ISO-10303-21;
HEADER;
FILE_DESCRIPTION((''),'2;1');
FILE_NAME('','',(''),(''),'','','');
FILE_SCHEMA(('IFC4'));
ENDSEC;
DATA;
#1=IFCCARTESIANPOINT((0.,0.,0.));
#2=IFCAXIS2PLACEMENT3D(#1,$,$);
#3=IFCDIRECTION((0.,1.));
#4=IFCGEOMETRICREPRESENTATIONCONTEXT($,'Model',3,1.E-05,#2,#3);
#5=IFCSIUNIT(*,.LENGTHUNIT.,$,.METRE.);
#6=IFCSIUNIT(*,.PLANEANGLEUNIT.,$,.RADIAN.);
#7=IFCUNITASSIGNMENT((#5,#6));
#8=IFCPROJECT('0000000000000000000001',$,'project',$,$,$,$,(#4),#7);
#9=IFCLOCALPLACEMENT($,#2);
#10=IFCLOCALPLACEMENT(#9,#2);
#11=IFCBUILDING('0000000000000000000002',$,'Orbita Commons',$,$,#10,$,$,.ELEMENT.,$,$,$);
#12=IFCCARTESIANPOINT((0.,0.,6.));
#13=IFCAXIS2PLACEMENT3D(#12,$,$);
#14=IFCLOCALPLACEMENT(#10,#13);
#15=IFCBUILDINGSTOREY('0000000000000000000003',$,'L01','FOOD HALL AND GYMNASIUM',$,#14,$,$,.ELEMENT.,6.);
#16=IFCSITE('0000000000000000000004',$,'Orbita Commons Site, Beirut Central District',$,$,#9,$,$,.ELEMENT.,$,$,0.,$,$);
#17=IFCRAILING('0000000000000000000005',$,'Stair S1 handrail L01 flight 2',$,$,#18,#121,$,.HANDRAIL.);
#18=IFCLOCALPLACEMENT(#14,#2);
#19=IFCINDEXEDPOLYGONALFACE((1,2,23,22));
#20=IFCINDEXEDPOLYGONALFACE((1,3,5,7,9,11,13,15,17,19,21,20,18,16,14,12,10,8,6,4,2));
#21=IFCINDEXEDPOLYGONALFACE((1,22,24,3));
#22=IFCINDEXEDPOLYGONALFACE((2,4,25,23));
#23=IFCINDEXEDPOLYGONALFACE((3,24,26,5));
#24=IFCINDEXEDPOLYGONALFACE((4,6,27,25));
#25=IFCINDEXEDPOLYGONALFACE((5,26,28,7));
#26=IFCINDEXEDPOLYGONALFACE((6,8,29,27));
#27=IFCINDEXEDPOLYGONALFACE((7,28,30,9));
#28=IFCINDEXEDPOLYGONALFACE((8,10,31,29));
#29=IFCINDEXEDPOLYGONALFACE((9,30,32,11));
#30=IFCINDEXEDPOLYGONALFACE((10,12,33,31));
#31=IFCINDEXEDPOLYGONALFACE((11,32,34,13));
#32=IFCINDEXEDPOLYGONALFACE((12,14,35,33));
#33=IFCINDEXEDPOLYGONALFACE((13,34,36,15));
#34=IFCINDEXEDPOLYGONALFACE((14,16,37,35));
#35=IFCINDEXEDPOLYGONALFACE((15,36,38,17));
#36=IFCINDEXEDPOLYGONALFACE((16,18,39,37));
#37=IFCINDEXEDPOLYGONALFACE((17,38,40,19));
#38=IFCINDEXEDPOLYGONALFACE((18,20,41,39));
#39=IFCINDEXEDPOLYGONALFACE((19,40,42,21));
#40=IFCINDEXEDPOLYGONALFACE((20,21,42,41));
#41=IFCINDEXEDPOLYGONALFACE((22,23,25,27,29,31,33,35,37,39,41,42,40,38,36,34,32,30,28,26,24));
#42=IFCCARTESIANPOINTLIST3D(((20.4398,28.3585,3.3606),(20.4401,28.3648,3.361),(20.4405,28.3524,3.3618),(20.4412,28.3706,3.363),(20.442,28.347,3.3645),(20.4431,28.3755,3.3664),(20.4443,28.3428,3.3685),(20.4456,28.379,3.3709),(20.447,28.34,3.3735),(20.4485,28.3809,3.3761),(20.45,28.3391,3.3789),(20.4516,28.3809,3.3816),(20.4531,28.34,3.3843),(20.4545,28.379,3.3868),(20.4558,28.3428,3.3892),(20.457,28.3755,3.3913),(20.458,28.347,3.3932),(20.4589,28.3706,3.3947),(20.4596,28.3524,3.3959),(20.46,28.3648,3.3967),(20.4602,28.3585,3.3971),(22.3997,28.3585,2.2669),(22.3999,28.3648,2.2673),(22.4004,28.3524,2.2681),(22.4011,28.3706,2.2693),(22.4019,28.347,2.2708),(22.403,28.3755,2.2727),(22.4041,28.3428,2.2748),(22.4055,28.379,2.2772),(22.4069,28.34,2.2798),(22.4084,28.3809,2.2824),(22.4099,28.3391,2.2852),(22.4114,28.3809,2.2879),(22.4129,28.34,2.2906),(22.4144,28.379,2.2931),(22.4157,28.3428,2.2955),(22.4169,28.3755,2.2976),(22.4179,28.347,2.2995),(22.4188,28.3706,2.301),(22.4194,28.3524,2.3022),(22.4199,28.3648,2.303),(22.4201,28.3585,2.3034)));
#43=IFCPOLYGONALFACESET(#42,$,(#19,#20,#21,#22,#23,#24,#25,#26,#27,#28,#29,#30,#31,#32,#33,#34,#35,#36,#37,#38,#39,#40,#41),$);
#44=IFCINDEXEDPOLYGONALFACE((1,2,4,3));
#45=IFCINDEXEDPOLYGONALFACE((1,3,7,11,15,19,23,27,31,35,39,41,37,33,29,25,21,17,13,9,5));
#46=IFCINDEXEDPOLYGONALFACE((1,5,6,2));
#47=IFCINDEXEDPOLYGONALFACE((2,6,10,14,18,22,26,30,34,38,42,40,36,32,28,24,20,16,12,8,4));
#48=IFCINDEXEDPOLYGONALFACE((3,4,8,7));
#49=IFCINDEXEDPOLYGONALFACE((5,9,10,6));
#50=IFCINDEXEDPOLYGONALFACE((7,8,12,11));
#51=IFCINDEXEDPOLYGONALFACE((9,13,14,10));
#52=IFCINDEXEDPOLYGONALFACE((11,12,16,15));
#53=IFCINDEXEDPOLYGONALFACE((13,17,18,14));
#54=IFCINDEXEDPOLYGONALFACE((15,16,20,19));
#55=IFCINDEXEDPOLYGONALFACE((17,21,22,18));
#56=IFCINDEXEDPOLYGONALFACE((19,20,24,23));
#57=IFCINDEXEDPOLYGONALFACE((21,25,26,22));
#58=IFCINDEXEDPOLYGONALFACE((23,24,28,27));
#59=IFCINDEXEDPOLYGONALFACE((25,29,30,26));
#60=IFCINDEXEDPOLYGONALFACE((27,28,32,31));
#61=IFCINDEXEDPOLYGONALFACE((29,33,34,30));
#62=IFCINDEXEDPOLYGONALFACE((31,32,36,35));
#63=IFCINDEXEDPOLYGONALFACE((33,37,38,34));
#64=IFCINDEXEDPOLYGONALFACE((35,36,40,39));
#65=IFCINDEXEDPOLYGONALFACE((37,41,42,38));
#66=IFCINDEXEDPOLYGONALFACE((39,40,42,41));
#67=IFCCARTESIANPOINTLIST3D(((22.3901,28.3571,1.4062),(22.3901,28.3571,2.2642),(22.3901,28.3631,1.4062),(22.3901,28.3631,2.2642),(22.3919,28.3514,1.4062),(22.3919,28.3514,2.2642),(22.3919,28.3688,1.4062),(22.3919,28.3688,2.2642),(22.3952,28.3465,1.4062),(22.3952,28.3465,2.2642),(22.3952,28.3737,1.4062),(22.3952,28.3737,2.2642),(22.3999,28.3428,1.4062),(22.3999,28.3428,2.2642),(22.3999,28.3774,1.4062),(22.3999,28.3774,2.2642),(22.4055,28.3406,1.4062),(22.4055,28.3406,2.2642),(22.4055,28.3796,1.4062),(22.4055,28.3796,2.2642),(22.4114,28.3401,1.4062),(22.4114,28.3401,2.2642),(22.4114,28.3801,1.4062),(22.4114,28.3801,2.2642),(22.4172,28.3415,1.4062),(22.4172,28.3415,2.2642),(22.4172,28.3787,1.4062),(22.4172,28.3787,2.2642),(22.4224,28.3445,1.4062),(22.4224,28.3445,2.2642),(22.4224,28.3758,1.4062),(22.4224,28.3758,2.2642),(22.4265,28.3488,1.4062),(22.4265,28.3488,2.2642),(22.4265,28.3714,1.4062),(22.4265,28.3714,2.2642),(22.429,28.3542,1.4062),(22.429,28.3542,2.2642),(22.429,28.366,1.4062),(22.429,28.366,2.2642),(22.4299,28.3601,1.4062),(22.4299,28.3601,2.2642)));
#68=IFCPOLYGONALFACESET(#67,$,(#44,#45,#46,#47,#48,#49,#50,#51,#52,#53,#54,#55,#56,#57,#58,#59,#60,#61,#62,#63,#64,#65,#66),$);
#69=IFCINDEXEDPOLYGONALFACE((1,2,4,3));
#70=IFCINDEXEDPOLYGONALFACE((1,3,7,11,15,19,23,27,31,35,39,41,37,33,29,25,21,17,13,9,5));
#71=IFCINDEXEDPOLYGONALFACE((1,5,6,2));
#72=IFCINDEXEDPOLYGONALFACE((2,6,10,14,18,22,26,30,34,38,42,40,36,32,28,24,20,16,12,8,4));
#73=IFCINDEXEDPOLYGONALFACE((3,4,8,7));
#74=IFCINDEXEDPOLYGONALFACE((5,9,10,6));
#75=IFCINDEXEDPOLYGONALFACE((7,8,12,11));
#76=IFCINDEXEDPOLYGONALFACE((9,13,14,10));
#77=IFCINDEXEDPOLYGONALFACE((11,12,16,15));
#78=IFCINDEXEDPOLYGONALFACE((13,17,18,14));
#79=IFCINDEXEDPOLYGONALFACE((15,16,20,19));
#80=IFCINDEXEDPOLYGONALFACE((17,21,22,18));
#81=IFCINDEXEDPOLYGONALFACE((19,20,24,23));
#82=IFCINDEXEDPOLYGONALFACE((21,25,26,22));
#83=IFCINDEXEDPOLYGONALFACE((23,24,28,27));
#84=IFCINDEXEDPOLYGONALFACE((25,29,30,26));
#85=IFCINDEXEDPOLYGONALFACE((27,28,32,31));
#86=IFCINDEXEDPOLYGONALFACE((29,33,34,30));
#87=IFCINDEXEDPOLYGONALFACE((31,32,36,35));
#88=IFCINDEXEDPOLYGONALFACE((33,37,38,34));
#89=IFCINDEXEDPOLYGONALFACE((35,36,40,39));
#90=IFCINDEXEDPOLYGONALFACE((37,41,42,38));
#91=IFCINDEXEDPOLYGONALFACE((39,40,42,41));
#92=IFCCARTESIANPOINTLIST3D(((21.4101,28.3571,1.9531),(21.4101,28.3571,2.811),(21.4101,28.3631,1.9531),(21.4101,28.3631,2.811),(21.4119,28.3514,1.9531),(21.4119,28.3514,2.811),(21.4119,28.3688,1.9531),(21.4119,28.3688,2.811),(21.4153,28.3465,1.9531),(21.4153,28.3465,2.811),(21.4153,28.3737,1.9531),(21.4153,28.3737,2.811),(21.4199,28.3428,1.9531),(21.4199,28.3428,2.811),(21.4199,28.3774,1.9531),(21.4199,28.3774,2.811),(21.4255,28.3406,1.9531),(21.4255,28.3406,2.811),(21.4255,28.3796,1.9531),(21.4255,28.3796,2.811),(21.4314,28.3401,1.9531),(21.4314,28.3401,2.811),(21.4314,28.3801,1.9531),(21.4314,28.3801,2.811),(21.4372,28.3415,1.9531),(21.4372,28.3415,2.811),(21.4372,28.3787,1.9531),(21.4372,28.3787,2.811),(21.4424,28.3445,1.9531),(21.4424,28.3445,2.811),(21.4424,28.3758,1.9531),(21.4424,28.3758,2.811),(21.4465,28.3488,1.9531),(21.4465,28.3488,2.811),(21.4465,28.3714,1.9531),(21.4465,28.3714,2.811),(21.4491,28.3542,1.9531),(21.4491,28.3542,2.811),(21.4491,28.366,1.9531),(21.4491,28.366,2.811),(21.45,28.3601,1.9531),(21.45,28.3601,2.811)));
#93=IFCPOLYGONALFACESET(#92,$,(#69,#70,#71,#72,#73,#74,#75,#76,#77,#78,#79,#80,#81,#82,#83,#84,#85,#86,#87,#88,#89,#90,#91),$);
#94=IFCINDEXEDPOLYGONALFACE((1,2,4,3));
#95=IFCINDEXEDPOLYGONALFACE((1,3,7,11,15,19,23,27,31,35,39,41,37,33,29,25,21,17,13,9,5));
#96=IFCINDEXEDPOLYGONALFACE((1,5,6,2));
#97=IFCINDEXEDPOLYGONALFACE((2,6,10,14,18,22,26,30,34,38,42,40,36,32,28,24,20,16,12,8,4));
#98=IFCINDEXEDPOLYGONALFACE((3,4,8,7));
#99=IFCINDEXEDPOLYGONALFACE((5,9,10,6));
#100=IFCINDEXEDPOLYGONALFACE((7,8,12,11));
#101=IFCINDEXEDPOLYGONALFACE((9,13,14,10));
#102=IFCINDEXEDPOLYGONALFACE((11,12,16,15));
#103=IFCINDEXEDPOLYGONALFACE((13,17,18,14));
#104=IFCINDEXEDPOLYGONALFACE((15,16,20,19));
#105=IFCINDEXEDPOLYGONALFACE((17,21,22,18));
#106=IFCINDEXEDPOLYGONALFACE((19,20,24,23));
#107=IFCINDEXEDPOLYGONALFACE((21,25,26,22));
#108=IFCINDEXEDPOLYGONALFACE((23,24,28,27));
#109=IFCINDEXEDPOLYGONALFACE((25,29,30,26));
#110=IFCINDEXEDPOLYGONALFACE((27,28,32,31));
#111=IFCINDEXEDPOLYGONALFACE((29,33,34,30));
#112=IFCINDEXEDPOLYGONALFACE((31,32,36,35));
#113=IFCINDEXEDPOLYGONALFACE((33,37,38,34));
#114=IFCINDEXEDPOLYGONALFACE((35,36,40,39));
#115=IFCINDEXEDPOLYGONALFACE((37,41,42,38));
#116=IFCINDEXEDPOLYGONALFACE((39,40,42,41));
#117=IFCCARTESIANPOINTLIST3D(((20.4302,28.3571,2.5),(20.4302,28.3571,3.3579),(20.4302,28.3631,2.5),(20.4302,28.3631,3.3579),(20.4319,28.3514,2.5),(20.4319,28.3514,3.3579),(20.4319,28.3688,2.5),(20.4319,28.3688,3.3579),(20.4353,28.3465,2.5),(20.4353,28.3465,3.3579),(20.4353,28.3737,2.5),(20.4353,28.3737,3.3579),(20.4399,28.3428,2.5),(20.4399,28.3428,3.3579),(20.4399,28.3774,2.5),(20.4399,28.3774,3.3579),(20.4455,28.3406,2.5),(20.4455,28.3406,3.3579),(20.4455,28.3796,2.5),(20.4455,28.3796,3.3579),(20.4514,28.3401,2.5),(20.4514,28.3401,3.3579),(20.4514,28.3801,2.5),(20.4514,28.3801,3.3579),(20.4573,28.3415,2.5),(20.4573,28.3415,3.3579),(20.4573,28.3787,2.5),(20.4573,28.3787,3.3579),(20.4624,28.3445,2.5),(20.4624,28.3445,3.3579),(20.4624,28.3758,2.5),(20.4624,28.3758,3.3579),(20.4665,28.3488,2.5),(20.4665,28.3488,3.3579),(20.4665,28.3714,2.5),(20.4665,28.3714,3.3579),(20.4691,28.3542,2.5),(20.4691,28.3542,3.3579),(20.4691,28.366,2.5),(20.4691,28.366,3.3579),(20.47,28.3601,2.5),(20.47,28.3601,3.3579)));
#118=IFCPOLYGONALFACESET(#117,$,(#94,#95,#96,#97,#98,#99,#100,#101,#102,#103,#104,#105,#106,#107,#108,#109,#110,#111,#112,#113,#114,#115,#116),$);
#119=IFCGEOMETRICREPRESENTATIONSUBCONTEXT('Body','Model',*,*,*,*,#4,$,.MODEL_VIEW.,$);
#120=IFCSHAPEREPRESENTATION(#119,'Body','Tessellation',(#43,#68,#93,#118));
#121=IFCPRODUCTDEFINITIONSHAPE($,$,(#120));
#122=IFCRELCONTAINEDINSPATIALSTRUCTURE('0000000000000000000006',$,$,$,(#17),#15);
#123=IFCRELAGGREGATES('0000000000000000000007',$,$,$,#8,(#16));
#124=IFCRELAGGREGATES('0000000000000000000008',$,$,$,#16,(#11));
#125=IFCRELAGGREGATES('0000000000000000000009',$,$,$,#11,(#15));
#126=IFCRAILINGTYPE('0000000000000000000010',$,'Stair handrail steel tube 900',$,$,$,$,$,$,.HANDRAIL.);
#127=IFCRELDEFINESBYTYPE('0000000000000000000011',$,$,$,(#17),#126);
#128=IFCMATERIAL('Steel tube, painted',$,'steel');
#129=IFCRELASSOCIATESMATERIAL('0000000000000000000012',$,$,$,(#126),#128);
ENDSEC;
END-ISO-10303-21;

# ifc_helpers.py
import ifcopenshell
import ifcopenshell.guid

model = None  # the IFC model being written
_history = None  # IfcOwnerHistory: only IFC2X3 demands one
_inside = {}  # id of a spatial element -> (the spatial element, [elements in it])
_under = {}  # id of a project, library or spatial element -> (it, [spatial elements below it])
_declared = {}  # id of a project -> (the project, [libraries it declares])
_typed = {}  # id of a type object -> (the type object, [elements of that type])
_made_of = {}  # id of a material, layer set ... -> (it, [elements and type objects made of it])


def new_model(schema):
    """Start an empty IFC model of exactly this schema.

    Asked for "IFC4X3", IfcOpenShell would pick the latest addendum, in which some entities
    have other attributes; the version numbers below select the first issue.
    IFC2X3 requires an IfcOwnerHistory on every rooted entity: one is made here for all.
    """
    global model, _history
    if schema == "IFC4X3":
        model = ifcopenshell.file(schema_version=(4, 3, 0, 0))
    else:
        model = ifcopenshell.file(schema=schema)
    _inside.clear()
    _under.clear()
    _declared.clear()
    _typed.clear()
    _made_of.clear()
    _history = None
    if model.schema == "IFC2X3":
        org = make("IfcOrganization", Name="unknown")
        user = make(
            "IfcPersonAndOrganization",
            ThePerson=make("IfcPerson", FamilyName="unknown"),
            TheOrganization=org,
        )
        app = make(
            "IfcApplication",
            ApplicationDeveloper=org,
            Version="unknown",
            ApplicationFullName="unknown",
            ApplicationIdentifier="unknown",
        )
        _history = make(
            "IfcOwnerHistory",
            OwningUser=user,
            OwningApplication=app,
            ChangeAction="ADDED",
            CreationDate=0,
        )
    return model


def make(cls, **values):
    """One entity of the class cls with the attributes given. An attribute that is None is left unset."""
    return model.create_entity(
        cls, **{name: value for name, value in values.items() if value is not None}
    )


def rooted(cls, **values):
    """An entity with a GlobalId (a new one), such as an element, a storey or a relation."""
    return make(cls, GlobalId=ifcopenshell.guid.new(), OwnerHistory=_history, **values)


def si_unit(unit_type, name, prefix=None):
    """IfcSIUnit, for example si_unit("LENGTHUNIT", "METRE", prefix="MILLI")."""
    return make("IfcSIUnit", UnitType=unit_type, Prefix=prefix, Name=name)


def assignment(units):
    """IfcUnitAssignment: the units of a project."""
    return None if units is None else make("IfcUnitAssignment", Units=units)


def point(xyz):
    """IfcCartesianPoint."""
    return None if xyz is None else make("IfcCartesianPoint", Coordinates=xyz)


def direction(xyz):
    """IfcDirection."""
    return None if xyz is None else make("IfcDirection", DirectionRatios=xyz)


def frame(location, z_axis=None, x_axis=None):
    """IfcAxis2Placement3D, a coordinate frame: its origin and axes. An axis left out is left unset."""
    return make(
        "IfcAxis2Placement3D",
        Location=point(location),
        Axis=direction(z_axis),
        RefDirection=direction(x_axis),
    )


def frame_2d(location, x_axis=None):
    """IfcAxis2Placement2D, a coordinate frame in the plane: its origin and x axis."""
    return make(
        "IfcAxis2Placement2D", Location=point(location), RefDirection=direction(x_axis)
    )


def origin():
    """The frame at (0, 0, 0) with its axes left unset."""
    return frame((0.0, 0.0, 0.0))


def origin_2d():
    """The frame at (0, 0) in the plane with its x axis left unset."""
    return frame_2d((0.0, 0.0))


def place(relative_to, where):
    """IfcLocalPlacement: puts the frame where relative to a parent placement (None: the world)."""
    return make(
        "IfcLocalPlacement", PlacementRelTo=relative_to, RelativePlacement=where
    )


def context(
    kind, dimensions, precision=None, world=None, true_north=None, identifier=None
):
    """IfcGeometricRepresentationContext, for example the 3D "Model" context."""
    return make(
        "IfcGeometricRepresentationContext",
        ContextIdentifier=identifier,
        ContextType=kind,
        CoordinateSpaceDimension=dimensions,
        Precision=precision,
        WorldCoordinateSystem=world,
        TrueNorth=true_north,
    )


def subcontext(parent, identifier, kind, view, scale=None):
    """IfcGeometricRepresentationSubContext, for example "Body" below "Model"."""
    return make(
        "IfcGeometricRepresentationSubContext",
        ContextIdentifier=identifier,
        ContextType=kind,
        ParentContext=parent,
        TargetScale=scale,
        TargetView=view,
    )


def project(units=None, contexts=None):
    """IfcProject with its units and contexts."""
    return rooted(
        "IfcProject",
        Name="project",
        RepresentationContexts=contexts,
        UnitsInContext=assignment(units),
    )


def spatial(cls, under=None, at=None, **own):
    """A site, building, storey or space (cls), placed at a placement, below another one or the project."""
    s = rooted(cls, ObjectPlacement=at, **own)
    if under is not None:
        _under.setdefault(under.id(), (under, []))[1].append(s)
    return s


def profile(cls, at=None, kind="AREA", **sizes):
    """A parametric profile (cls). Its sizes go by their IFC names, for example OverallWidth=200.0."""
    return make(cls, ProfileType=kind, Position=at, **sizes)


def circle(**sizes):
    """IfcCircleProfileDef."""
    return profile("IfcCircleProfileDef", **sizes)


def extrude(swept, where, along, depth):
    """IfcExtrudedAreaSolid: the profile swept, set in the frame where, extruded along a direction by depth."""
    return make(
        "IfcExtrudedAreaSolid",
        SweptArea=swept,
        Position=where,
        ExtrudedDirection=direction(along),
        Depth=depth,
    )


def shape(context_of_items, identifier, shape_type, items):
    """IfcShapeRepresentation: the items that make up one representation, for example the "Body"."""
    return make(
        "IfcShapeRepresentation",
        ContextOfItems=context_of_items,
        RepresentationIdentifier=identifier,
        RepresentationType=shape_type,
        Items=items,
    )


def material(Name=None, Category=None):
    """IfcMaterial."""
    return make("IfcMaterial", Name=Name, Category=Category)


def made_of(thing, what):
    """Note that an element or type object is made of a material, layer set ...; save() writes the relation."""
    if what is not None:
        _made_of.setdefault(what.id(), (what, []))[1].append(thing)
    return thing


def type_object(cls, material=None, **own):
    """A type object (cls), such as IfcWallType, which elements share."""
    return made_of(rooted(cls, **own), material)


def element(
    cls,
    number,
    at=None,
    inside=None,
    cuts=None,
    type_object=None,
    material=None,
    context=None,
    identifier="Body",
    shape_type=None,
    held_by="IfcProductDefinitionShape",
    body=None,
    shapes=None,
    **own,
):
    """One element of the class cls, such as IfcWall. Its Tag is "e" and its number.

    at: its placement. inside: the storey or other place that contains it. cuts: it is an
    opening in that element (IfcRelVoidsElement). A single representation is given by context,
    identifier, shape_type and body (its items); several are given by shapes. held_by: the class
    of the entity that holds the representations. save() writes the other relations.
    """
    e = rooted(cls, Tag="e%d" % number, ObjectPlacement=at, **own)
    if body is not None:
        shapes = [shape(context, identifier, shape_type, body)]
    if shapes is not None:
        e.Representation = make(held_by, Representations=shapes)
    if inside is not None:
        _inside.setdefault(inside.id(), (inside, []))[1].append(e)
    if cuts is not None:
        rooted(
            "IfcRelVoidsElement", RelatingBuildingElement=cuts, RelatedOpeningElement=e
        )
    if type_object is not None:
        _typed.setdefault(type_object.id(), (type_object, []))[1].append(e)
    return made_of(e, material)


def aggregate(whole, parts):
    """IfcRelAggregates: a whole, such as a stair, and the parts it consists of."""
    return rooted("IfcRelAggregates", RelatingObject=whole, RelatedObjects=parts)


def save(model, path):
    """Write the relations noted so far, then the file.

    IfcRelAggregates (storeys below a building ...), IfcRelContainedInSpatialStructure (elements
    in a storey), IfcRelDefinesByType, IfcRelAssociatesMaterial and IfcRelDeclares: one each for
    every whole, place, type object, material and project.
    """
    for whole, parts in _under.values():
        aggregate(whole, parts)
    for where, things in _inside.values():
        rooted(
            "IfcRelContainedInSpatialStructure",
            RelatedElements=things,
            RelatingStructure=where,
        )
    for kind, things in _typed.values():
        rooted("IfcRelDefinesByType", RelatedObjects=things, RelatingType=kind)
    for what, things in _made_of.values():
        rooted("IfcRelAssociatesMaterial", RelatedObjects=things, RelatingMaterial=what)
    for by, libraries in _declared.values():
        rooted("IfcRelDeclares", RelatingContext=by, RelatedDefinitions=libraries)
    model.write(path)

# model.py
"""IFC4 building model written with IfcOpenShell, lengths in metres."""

from ifc_helpers import new_model, si_unit, direction, frame, origin, origin_2d, place, context, subcontext, project, spatial, circle, extrude, material, type_object, element, save


model = new_model("IFC4")

# Units and contexts
model_context = context("Model", 3, precision=1e-05, world=origin(), true_north=direction((0.0, 1.0)))
body_context = subcontext(model_context, "Body", "Model", "MODEL_VIEW")
ifc_project = project(units=[si_unit("LENGTHUNIT", "METRE"), si_unit("PLANEANGLEUNIT", "RADIAN")], contexts=[model_context])

# Site, building, storey
site_placement = place(None, origin())
site = spatial("IfcSite", under=ifc_project, at=site_placement, Name="Orbita Commons Site, Beirut Central District", CompositionType="ELEMENT", RefElevation=0.0)
building_placement = place(site_placement, origin())
building = spatial("IfcBuilding", under=site, at=building_placement, Name="Orbita Commons", CompositionType="ELEMENT")
storey_placement = place(building_placement, frame((0.0, 0.0, 6.0)))
storey = spatial("IfcBuildingStorey", under=building, at=storey_placement, Name="L01", Description="FOOD HALL AND GYMNASIUM", CompositionType="ELEMENT", Elevation=6.0)

# Railing
ifc_material_1 = material(Name="Steel tube, painted", Category="steel")
railing_type = type_object("IfcRailingType", Name="Stair handrail steel tube 900", PredefinedType="HANDRAIL", material=ifc_material_1)
railing_1_placement = place(storey_placement, frame((22.4099, 28.3601, 1.4062)))
element("IfcRailing", 1, at=railing_1_placement, inside=storey, type_object=railing_type, Name="Stair S1 handrail L01 flight 2", PredefinedType="HANDRAIL", context=body_context, shape_type="SweptSolid", body=[
    extrude(circle(Radius=0.021, at=origin_2d()), frame((0.0, 0.0, 0.8789), z_axis=(-0.873232, 0.0, 0.487304), x_axis=(0.0, -1.0, 0.0)), (0.0, 0.0, 1.0), 2.2444),
    extrude(circle(Radius=0.02, at=origin_2d()), origin(), (0.0, 0.0, 1.0), 0.8579),
    extrude(circle(Radius=0.02, at=origin_2d()), frame((-0.98, 0.0, 0.5469)), (0.0, 0.0, 1.0), 0.8579),
    extrude(circle(Radius=0.02, at=origin_2d()), frame((-1.96, 0.0, 1.0938)), (0.0, 0.0, 1.0), 0.8579),
])

save(model, "model.ifc")
